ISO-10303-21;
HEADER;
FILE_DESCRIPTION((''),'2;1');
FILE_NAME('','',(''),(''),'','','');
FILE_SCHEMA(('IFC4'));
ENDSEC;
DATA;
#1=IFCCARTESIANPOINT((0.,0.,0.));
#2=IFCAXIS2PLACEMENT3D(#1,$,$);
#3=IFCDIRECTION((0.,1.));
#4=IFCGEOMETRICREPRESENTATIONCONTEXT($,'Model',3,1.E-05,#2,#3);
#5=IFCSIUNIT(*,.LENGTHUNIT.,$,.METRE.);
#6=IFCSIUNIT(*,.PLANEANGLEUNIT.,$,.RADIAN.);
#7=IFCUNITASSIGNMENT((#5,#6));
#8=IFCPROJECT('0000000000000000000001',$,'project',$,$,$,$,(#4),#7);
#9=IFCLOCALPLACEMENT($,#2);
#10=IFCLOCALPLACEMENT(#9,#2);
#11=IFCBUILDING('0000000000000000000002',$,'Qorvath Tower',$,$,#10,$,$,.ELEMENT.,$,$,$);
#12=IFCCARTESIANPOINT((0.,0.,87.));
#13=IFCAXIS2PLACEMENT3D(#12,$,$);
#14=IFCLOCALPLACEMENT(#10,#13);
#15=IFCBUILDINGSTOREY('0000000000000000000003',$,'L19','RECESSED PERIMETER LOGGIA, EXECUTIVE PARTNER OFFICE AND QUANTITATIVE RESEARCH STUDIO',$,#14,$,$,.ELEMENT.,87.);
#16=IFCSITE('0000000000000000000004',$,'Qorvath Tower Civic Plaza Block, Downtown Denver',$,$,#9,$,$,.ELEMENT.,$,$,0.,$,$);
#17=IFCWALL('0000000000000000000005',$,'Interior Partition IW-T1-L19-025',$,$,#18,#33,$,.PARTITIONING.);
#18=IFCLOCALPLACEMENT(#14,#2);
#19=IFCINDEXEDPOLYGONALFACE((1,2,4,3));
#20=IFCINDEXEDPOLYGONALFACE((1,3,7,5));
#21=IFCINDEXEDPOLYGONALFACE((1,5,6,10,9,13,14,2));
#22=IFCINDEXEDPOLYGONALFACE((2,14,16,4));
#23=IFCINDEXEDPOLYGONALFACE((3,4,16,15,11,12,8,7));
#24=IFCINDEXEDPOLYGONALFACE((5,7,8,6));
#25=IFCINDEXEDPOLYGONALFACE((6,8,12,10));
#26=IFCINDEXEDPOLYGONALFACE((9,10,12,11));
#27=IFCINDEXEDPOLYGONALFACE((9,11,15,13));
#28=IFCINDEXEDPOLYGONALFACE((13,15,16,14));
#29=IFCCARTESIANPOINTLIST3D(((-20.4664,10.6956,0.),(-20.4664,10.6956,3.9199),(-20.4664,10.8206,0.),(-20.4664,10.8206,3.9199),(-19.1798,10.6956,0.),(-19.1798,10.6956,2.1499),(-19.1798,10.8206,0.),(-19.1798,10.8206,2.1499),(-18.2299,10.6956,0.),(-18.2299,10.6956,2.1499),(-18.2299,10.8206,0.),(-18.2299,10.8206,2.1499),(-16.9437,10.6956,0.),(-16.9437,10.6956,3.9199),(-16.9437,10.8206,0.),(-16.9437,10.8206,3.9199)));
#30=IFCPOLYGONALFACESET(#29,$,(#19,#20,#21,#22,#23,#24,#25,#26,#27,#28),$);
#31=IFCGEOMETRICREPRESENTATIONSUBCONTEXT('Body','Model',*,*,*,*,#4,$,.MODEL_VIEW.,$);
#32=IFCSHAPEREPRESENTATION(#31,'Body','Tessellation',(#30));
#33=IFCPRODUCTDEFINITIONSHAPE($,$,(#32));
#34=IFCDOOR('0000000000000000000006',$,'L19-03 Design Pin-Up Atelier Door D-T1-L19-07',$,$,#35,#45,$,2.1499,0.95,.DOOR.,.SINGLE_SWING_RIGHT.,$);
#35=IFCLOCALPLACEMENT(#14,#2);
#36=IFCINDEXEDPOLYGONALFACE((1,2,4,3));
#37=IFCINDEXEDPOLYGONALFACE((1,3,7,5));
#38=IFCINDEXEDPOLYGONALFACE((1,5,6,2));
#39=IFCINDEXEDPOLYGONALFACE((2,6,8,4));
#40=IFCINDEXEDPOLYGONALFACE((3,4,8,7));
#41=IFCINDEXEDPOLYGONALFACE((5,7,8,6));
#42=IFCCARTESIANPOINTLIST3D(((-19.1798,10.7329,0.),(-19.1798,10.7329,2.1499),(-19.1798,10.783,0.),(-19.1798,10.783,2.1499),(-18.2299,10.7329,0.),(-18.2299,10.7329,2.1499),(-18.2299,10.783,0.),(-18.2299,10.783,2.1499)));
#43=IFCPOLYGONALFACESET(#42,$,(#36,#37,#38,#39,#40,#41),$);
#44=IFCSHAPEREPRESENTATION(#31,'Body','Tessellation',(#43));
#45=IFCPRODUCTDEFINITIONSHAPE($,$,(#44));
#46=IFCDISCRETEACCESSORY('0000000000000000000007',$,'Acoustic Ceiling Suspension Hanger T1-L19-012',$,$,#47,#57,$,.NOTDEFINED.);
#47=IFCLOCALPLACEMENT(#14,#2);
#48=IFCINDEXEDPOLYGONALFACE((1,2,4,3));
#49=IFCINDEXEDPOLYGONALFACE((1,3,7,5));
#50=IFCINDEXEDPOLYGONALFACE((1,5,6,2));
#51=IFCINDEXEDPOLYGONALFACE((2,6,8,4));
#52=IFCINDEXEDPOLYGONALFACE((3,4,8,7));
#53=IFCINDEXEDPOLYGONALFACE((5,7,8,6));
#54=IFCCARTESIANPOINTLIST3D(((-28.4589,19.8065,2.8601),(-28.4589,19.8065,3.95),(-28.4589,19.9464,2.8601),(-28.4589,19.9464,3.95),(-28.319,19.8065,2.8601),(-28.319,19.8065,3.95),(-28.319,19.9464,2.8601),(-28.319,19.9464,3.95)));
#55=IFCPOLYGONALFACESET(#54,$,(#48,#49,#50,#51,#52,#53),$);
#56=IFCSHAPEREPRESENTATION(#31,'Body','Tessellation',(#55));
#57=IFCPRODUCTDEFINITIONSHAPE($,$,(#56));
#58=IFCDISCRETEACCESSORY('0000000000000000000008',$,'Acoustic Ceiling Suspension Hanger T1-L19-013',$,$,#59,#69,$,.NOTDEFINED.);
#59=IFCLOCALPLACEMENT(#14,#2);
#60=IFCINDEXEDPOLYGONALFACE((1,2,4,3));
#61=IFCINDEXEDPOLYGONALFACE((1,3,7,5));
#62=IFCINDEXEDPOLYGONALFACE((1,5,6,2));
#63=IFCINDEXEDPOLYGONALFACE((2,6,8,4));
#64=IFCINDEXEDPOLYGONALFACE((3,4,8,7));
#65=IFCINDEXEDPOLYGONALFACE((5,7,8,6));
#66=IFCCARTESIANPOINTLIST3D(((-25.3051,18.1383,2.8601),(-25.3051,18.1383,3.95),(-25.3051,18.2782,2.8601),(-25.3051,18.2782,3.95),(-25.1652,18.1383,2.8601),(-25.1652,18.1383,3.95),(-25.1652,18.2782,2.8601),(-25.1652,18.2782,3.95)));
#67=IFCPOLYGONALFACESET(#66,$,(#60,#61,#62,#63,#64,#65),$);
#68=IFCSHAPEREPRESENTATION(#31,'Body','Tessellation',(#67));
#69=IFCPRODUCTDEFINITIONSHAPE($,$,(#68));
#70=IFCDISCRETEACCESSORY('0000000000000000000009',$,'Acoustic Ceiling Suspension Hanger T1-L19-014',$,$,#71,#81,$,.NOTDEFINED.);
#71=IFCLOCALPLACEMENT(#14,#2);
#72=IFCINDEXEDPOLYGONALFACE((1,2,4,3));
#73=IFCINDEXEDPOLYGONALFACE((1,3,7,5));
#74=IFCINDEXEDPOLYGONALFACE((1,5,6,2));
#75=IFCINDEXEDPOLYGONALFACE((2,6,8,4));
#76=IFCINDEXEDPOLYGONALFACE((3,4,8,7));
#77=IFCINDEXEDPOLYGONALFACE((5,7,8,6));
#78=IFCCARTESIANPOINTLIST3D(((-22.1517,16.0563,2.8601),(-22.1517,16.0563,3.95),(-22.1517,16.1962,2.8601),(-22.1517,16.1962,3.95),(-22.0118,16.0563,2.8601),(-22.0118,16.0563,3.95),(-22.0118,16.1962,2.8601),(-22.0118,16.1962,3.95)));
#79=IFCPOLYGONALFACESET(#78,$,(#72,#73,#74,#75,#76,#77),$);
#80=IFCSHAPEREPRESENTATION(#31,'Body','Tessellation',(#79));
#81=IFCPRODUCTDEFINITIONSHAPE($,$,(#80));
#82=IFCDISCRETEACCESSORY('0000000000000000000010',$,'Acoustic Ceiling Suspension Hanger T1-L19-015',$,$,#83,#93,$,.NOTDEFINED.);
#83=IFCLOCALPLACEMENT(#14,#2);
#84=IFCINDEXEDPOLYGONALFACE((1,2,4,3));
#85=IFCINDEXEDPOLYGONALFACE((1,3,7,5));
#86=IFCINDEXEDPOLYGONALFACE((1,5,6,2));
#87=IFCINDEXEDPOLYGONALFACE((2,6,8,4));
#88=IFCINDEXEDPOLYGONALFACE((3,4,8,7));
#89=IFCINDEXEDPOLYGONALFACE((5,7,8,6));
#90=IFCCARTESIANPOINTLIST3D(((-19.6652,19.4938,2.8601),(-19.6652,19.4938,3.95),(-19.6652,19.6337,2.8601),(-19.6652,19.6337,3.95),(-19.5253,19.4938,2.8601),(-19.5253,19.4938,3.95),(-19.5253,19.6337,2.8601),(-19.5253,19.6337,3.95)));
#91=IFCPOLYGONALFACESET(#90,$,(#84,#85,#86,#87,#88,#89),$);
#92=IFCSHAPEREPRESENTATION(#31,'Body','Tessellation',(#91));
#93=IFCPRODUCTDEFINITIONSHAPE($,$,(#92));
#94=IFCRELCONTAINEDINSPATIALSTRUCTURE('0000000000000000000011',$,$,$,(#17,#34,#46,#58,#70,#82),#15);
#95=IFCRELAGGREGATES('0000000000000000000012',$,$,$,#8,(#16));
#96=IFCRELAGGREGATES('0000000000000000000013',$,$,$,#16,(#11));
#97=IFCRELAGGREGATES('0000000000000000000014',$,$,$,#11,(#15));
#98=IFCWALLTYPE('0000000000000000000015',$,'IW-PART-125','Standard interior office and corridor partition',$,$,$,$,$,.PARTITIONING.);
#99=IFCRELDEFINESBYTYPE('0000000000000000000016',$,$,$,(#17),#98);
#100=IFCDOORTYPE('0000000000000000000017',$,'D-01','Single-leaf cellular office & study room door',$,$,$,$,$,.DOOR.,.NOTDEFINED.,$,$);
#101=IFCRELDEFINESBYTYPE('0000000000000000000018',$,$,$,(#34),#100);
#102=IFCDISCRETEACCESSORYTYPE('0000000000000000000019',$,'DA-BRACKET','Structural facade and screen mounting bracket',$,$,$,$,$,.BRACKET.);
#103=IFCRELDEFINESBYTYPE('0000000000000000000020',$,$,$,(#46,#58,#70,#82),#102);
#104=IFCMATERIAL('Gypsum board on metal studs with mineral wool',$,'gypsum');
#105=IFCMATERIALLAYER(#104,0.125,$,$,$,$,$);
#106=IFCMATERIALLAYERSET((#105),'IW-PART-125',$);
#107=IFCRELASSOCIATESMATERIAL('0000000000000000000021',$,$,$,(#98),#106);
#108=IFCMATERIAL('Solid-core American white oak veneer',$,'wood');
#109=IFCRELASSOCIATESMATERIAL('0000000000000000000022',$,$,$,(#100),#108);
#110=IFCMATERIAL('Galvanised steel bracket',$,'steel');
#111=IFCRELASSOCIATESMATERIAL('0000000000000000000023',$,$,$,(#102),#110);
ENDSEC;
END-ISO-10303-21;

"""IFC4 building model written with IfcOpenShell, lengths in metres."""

from ifc_helpers import new_model, si_unit, direction, frame, frame_2d, origin, origin_2d, place, context, subcontext, project, spatial, rectangle, extrude, material, layer, layer_set, type_object, element, fill, save


model = new_model("IFC4")

# Units and contexts
model_context = context("Model", 3, precision=1e-05, world=origin(), true_north=direction((0.0, 1.0)))
body_context = subcontext(model_context, "Body", "Model", "MODEL_VIEW")
ifc_project = project(units=[si_unit("LENGTHUNIT", "METRE"), si_unit("PLANEANGLEUNIT", "RADIAN")], contexts=[model_context])

# Site, building, storey
site_placement = place(None, origin())
site = spatial("IfcSite", under=ifc_project, at=site_placement, Name="Qorvath Tower Civic Plaza Block, Downtown Denver", CompositionType="ELEMENT", RefElevation=0.0)
building_placement = place(site_placement, origin())
building = spatial("IfcBuilding", under=site, at=building_placement, Name="Qorvath Tower", CompositionType="ELEMENT")
storey_placement = place(building_placement, frame((0.0, 0.0, 87.0)))
storey = spatial("IfcBuildingStorey", under=building, at=storey_placement, Name="L19", Description="RECESSED PERIMETER LOGGIA, EXECUTIVE PARTNER OFFICE AND QUANTITATIVE RESEARCH STUDIO", CompositionType="ELEMENT", Elevation=87.0)

# Shared definitions
ifc_material_1 = material(Name="Gypsum board on metal studs with mineral wool", Category="gypsum")
ifc_layer_1 = layer(ifc_material_1, 0.125)
ifc_layer_set_1 = layer_set([ifc_layer_1], Name="IW-PART-125")
wall_type_1 = type_object("IfcWallType", Name="IW-PART-125", Description="Standard interior office and corridor partition", PredefinedType="PARTITIONING", material=ifc_layer_set_1)
ifc_material_2 = material(Name="Solid-core American white oak veneer", Category="wood")
door_type = type_object("IfcDoorType", Name="D-01", Description="Single-leaf cellular office & study room door", OperationType="NOTDEFINED", PredefinedType="DOOR", material=ifc_material_2)

# Wall, opening, door
wall_1_placement = place(storey_placement, frame((-20.4663, 10.7581, 0.0), z_axis=(0.0, 0.0, 1.0), x_axis=(1.0, 0.0, 0.0)))
wall_1 = element("IfcWall", 1, at=wall_1_placement, inside=storey, type_object=wall_type_1, Name="Interior Partition IW-T1-L19-025", PredefinedType="PARTITIONING", context=body_context, shape_type="SweptSolid", body=[
    extrude(rectangle(XDim=3.5227, YDim=0.125, at=frame_2d((1.7612, 0.0))), origin(), (0.0, 0.0, 1.0), 3.9199),
])
opening_1_placement = place(wall_1_placement, frame((1.2864, 0.0, 0.0)))
opening_1 = element("IfcOpeningElement", 2, at=opening_1_placement, cuts=wall_1, PredefinedType="OPENING", context=body_context, shape_type="SweptSolid", body=[
    extrude(rectangle(XDim=0.95, YDim=2.1499, at=frame_2d((0.4751, 1.075))), frame((0.0, 0.0725, 0.0), z_axis=(0.0, -1.0, 0.0), x_axis=(1.0, 0.0, 0.0)), (0.0, 0.0, 1.0), 0.145),
])
door_1_placement = place(opening_1_placement, origin())
door_1 = element("IfcDoor", 3, at=door_1_placement, inside=storey, type_object=door_type, Name="L19-03 Design Pin-Up Atelier Door D-T1-L19-07", OperationType="SINGLE_SWING_RIGHT", OverallHeight=2.1499, OverallWidth=0.95, PredefinedType="DOOR", context=body_context, shape_type="SweptSolid", body=[
    extrude(rectangle(XDim=0.95, YDim=2.1499, at=frame_2d((0.4751, 1.075))), frame((0.0, 0.0249, 0.0), z_axis=(0.0, -1.0, 0.0), x_axis=(1.0, 0.0, 0.0)), (0.0, 0.0, 1.0), 0.05),
])
fill(opening_1, door_1)

# Discrete accessories
ifc_material_3 = material(Name="Galvanised steel bracket", Category="steel")
discrete_accessory_type = type_object("IfcDiscreteAccessoryType", Name="DA-BRACKET", Description="Structural facade and screen mounting bracket", PredefinedType="BRACKET", material=ifc_material_3)
for number, where, z_axis, x_axis, name in (
    (4, (-28.3889, 19.8765, 2.8601), (0.0, 0.0, 1.0), (1.0, 0.0, 0.0), "Acoustic Ceiling Suspension Hanger T1-L19-012"),
    (5, (-25.2351, 18.2083, 2.8601), (0.0, 0.0, 1.0), (1.0, 0.0, 0.0), "Acoustic Ceiling Suspension Hanger T1-L19-013"),
    (6, (-22.0818, 16.1262, 2.8601), (0.0, 0.0, 1.0), (1.0, 0.0, 0.0), "Acoustic Ceiling Suspension Hanger T1-L19-014"),
    (7, (-19.5952, 19.5637, 2.8601), (0.0, 0.0, 1.0), (1.0, 0.0, 0.0), "Acoustic Ceiling Suspension Hanger T1-L19-015"),
):
    element("IfcDiscreteAccessory", number, at=place(storey_placement, frame(where, z_axis=z_axis, x_axis=x_axis)), inside=storey, type_object=discrete_accessory_type, Name=name, PredefinedType="NOTDEFINED", context=body_context, shape_type="SweptSolid", body=[
        extrude(rectangle(XDim=0.1399, YDim=0.1399, at=origin_2d()), origin(), (0.0, 0.0, 1.0), 1.0898),
    ])

save(model, "model.ifc")
